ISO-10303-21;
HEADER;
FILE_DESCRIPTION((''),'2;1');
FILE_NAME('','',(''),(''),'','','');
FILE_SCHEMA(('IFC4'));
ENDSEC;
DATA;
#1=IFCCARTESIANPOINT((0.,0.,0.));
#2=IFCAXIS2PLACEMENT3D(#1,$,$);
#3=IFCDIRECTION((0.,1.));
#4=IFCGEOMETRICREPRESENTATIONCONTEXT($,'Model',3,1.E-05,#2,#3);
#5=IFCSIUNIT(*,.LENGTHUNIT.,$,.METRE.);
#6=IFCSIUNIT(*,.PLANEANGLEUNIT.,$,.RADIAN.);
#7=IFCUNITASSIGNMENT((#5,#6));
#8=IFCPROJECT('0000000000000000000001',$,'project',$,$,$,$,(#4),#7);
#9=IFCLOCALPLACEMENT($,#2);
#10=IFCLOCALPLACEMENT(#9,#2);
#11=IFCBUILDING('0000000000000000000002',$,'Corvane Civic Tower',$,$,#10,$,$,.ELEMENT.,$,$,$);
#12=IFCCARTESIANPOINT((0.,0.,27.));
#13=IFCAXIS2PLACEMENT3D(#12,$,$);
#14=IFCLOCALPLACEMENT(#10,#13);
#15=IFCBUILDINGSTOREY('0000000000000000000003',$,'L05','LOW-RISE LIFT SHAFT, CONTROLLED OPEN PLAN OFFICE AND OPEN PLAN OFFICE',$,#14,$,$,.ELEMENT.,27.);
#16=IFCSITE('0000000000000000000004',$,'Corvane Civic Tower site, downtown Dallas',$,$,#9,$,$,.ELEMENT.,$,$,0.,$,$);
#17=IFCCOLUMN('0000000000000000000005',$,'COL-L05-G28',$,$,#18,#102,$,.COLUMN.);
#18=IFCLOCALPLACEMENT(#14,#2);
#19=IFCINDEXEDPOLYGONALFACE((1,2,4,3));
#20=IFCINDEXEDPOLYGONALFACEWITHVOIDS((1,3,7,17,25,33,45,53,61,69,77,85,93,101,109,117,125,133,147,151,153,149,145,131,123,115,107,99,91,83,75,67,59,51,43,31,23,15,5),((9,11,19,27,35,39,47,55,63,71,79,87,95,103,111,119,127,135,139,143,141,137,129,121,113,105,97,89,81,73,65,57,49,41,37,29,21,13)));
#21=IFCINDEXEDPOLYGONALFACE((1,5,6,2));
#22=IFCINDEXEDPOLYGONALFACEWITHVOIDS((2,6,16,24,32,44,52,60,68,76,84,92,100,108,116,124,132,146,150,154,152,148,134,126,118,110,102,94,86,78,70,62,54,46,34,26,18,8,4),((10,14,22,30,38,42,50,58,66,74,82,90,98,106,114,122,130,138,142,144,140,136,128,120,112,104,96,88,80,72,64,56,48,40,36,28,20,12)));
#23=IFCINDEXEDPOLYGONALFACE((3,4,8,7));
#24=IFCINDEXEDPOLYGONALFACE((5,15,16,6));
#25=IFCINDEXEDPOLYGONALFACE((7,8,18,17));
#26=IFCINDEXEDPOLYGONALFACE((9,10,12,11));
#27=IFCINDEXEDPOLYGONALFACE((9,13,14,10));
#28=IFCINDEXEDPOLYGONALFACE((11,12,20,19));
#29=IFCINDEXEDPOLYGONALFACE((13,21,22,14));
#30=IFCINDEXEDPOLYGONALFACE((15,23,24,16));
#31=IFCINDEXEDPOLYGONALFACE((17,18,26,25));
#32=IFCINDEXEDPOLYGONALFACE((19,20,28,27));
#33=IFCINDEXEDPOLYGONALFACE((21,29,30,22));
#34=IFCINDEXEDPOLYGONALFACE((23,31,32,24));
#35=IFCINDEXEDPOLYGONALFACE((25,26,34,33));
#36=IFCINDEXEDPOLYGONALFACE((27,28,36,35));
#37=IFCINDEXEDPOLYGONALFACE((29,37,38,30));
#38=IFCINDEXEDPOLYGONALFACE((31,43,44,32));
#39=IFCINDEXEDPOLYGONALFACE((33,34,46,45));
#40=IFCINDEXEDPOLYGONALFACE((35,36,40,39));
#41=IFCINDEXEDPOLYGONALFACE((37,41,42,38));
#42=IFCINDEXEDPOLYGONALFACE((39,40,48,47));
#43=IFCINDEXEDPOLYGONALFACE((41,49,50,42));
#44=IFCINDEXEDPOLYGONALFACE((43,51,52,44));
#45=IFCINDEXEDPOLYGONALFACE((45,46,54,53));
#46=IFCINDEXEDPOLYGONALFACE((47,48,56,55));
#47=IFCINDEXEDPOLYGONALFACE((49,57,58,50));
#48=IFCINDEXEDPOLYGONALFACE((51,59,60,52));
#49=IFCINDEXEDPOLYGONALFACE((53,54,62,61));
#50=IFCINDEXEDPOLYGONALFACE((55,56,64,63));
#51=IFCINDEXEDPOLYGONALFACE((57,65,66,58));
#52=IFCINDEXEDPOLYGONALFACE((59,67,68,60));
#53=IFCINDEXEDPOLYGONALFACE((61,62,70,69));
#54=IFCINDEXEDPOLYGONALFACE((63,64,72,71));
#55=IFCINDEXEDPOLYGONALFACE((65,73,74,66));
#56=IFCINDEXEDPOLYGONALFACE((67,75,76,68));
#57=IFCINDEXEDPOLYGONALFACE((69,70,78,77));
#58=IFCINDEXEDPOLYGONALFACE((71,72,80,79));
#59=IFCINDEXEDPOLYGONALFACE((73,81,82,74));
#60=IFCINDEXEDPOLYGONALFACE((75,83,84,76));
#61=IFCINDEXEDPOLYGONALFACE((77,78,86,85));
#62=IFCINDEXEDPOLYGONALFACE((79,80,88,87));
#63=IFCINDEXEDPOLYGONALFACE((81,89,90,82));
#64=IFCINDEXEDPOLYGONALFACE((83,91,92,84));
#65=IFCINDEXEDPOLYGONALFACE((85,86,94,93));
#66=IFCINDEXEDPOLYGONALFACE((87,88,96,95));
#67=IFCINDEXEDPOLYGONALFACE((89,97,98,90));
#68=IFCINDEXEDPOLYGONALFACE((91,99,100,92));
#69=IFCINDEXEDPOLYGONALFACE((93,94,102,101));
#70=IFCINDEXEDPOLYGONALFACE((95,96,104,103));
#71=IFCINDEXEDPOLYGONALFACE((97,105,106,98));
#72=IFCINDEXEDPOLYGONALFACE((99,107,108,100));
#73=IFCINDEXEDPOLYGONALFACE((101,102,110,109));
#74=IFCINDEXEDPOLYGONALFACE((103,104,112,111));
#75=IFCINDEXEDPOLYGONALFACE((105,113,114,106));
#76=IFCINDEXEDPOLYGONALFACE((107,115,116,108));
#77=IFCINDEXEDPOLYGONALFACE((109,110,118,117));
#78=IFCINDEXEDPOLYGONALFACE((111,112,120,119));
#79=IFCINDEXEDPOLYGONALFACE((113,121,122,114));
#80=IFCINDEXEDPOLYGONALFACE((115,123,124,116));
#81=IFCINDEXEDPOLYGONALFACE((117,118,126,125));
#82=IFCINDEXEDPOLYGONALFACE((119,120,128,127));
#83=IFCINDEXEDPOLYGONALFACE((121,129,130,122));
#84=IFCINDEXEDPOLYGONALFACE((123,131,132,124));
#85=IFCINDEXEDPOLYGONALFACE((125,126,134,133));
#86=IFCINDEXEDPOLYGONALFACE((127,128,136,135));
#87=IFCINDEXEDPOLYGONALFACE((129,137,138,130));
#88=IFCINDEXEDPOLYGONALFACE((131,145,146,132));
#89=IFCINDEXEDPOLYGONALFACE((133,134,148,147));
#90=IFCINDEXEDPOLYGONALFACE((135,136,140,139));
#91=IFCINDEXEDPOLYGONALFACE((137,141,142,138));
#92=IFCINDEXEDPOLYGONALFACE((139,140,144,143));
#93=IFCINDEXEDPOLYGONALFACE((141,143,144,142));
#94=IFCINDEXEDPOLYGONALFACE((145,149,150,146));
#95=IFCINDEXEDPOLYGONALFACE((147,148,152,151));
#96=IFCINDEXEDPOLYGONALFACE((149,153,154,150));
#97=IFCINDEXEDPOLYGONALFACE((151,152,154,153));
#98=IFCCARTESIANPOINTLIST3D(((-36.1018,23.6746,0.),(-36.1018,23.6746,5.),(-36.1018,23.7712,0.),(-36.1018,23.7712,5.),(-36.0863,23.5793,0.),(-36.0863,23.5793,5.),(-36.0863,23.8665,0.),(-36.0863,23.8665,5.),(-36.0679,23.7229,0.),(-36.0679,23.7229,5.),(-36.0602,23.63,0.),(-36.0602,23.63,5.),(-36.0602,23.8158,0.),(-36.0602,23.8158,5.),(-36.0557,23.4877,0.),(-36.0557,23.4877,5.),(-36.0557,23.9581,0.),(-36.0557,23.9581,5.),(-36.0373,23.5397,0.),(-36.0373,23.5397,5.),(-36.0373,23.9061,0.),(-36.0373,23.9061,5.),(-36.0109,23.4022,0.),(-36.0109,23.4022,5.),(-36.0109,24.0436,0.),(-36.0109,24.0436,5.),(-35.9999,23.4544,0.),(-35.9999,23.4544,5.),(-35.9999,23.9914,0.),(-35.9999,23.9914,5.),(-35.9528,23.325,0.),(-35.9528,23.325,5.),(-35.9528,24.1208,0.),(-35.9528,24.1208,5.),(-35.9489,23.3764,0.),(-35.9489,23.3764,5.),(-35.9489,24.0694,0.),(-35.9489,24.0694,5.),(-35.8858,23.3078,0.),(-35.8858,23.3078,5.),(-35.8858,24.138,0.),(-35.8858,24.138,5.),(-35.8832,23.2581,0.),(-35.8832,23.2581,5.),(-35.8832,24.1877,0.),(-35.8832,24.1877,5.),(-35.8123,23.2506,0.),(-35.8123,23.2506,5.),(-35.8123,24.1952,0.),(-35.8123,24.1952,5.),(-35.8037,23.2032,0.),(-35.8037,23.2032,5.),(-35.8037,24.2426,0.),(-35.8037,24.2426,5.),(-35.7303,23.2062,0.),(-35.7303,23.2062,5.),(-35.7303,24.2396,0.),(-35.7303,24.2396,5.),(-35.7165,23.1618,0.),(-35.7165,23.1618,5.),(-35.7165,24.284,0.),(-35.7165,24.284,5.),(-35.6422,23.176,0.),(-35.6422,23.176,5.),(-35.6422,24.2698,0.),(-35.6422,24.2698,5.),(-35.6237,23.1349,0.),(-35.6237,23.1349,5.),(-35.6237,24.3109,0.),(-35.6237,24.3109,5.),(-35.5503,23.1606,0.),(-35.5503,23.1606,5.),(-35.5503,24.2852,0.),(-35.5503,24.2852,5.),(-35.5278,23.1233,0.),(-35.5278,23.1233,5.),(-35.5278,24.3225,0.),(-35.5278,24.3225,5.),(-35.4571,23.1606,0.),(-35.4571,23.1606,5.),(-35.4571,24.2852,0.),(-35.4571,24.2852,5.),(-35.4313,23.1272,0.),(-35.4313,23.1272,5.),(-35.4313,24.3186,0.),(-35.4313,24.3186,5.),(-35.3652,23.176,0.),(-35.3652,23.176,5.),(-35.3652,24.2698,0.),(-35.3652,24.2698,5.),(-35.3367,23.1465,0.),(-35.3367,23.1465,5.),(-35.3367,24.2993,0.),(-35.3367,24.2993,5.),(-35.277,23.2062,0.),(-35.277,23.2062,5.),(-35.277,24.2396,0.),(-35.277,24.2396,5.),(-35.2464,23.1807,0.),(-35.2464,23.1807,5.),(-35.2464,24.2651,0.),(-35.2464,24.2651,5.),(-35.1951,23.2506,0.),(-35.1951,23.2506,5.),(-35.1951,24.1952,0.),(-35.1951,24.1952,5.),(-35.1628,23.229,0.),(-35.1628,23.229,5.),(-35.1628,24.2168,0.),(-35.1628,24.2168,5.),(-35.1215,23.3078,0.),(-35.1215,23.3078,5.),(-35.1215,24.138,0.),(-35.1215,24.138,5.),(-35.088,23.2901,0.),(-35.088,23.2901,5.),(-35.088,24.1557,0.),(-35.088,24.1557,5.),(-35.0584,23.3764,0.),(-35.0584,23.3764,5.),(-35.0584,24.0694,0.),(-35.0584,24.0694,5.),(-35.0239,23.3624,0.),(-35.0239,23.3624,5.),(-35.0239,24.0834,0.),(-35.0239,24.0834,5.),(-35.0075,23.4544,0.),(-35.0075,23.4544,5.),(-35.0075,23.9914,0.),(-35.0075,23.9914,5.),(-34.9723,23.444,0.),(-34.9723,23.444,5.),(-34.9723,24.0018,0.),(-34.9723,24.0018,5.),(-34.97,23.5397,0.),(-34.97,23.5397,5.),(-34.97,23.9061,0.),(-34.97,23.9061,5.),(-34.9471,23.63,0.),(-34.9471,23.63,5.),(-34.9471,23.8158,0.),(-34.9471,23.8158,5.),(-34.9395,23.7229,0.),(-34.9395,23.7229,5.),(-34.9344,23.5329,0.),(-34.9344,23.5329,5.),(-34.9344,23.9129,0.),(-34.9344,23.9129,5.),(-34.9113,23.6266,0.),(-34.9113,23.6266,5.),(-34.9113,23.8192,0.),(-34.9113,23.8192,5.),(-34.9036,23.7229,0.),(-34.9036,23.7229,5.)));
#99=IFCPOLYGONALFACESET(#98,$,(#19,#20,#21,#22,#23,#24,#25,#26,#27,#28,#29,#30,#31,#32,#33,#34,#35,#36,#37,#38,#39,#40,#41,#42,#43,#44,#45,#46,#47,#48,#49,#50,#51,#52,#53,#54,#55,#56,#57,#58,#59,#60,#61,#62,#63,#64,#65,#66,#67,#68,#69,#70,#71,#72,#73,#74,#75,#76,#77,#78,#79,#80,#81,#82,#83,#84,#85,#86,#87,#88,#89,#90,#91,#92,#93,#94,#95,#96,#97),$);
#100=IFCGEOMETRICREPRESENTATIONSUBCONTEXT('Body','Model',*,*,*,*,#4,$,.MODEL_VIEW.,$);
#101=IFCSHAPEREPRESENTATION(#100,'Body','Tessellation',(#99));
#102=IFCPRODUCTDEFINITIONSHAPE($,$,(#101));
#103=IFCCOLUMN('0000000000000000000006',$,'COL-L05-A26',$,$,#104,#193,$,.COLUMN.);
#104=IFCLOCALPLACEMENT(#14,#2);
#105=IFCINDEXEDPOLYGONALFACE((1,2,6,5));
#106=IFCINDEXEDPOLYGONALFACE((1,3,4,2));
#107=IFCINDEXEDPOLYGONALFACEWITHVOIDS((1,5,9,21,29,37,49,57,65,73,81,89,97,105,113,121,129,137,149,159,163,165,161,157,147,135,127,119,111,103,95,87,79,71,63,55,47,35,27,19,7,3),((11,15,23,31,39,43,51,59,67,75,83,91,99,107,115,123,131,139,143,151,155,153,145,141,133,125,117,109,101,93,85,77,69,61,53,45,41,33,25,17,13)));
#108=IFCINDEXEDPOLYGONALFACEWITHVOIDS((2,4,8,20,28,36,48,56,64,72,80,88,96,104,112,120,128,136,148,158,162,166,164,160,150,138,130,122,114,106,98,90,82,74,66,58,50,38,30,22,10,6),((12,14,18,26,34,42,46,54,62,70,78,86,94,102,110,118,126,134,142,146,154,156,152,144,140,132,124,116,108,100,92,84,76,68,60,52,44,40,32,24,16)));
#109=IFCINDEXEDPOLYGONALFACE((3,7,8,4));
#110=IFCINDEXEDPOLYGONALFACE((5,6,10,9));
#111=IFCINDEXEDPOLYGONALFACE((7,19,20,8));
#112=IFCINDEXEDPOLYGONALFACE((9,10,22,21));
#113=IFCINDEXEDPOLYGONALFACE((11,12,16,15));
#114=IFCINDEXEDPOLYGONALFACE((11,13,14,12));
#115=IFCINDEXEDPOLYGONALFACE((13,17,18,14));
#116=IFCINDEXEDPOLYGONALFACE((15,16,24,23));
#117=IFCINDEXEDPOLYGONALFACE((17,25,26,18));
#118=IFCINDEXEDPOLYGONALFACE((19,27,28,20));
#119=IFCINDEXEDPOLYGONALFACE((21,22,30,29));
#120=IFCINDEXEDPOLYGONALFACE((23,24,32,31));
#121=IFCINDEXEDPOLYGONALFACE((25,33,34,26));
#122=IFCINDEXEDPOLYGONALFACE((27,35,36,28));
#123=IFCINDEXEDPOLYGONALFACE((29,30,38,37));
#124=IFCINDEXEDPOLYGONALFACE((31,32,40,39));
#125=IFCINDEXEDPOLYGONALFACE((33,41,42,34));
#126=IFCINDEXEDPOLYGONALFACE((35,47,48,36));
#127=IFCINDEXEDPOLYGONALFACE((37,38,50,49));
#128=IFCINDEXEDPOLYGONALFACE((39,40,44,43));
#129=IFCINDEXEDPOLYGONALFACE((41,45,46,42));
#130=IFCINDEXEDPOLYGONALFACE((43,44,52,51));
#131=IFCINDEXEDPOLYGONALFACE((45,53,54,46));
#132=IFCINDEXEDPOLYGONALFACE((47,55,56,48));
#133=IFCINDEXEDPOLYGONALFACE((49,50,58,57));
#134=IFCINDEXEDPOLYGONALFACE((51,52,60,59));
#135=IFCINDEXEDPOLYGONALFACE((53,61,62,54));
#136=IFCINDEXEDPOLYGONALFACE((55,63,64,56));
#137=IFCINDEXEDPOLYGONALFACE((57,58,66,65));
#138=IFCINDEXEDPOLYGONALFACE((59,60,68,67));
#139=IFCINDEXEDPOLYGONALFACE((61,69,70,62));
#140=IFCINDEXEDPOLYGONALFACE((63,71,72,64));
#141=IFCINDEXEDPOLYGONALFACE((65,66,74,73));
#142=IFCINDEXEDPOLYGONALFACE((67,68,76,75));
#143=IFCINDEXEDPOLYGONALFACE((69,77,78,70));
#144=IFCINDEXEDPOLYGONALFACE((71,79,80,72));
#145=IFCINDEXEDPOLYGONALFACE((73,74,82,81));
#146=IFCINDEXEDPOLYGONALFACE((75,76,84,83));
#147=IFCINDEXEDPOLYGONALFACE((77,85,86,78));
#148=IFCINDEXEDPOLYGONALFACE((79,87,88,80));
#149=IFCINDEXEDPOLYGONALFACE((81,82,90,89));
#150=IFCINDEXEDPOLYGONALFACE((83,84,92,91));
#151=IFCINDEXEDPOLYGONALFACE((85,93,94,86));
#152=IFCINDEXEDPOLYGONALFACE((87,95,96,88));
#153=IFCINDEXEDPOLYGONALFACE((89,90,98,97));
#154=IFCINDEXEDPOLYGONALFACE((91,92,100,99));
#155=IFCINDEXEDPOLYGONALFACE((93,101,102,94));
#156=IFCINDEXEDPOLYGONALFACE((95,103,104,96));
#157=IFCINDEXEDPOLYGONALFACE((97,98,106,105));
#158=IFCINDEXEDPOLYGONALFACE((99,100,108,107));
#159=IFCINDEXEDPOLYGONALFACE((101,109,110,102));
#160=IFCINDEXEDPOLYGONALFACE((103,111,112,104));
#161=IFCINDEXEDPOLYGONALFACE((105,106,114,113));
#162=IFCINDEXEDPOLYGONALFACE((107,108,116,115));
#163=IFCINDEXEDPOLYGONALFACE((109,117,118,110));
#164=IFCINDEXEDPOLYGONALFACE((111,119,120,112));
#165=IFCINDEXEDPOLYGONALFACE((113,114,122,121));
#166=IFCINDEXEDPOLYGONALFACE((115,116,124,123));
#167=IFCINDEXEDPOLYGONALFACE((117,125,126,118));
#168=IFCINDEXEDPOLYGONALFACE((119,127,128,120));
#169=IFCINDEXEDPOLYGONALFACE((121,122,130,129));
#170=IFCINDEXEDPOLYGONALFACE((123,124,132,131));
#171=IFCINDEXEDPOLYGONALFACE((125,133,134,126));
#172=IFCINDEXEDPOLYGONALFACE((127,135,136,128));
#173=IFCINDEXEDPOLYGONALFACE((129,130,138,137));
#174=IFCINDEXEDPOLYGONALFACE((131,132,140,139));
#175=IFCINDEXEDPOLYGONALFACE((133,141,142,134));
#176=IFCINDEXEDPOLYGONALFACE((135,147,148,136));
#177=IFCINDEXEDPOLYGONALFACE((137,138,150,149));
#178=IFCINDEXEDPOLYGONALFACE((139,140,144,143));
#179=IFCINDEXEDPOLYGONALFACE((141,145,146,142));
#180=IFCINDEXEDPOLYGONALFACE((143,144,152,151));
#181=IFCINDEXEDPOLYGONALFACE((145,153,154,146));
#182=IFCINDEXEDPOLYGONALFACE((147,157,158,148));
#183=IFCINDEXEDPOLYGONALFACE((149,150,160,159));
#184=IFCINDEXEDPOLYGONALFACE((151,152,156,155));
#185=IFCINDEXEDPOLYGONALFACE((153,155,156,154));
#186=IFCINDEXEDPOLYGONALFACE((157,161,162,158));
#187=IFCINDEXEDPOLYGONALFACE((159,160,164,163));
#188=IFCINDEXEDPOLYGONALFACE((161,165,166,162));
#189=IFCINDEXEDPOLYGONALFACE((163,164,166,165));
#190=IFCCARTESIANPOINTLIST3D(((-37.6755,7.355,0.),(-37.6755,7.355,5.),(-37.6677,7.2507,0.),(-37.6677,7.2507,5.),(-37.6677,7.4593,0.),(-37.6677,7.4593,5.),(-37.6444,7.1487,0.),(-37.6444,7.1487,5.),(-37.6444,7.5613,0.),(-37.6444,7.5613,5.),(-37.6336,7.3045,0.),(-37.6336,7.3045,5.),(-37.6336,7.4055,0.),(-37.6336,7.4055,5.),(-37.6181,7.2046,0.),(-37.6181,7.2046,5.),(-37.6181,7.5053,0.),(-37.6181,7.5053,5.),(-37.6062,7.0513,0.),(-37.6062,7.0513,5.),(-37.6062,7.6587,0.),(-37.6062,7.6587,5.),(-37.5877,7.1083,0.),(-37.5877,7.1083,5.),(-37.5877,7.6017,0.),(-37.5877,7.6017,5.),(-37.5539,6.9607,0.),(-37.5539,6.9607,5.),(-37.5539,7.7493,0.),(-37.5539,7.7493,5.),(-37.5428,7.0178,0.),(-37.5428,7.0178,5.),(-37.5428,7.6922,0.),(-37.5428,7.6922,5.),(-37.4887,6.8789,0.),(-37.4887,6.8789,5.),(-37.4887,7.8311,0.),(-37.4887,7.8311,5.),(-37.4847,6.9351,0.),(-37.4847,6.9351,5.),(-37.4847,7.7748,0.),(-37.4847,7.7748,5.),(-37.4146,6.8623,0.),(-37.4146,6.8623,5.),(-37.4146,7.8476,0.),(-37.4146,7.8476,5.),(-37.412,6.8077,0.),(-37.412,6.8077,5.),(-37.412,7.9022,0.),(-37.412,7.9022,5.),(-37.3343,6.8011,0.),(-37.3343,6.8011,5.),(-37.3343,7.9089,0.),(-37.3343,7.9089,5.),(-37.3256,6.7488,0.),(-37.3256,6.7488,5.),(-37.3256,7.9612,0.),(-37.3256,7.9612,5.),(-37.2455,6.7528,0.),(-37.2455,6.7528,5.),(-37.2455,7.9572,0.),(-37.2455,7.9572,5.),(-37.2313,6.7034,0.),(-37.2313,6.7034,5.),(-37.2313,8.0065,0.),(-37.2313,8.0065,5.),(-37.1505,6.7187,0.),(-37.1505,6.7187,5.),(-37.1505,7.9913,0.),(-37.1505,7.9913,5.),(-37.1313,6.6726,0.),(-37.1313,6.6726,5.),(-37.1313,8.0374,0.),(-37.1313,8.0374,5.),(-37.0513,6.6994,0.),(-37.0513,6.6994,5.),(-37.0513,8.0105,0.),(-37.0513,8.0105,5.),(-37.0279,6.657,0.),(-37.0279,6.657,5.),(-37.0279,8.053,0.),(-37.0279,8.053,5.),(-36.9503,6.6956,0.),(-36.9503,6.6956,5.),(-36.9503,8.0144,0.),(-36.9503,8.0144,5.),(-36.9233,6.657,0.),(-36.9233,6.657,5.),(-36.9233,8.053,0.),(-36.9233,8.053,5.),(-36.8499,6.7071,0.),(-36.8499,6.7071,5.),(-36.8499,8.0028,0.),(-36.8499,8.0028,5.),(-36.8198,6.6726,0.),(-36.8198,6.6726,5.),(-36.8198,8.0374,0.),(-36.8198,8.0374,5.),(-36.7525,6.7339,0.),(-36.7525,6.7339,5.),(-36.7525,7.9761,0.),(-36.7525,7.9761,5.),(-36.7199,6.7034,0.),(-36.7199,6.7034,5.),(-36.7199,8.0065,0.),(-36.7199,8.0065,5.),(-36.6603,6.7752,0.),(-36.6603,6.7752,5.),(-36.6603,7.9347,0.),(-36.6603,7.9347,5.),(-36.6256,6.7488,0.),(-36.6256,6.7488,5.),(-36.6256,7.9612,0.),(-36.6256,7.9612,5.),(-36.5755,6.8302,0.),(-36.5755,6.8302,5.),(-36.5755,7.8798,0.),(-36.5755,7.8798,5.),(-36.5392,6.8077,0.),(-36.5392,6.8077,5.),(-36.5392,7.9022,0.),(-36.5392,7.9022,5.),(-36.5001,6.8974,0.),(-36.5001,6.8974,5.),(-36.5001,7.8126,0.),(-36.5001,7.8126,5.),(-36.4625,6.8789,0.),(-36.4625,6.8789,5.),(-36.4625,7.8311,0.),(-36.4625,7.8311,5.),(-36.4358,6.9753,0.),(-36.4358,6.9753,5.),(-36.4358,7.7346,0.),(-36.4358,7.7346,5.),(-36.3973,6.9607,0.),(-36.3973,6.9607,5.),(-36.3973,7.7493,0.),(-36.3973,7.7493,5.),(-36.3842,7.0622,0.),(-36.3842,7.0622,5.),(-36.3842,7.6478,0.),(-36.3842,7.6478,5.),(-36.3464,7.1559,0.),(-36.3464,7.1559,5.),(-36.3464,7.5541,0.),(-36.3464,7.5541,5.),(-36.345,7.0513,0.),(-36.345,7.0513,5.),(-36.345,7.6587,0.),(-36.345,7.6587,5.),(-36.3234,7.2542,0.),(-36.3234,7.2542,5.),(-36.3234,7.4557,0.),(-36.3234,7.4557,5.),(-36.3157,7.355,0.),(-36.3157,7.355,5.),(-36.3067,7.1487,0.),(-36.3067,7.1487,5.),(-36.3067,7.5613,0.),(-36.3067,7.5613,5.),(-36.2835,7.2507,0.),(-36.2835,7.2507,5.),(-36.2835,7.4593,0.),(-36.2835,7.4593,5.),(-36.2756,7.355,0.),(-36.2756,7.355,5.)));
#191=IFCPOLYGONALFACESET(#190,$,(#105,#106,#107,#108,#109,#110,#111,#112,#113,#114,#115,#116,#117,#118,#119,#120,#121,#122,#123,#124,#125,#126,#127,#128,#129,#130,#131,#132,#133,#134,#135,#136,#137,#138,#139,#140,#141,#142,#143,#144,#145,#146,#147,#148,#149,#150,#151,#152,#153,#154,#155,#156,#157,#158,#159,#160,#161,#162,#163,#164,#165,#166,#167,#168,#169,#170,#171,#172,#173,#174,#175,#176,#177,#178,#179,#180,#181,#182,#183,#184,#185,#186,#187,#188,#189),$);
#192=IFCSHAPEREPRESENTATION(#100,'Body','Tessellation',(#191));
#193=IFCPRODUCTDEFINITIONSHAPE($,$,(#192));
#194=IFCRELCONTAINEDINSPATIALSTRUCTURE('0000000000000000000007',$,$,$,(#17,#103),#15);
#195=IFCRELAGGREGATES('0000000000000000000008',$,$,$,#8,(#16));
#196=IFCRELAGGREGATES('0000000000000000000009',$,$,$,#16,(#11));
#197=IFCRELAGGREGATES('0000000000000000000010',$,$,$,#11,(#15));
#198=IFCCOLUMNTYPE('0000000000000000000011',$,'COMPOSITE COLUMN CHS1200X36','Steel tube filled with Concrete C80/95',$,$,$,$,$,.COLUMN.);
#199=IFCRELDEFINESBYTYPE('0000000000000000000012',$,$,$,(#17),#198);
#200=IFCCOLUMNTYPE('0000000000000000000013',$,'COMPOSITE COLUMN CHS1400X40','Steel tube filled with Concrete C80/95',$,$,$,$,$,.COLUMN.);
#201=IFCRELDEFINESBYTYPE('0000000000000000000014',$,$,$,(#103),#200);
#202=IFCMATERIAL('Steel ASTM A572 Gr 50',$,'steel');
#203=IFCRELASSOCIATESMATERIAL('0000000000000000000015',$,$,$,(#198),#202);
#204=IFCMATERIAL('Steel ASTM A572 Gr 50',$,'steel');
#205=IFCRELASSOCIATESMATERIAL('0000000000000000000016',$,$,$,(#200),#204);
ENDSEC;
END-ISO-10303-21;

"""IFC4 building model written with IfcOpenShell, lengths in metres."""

from ifc_helpers import new_model, si_unit, direction, frame, origin, origin_2d, place, context, subcontext, project, spatial, hollow_circle, extrude, material, material_profile, profile_set, type_object, element, save


model = new_model("IFC4")

# Units and contexts
model_context = context("Model", 3, precision=1e-05, world=origin(), true_north=direction((0.0, 1.0)))
body_context = subcontext(model_context, "Body", "Model", "MODEL_VIEW")
ifc_project = project(units=[si_unit("LENGTHUNIT", "METRE"), si_unit("PLANEANGLEUNIT", "RADIAN")], contexts=[model_context])

# Site, building, storey
site_placement = place(None, origin())
site = spatial("IfcSite", under=ifc_project, at=site_placement, Name="Corvane Civic Tower site, downtown Dallas", CompositionType="ELEMENT", RefElevation=0.0)
building_placement = place(site_placement, origin())
building = spatial("IfcBuilding", under=site, at=building_placement, Name="Corvane Civic Tower", CompositionType="ELEMENT")
storey_placement = place(building_placement, frame((0.0, 0.0, 27.0)))
storey = spatial("IfcBuildingStorey", under=building, at=storey_placement, Name="L05", Description="LOW-RISE LIFT SHAFT, CONTROLLED OPEN PLAN OFFICE AND OPEN PLAN OFFICE", CompositionType="ELEMENT", Elevation=27.0)

# Columns
ifc_material_1 = material(Name="Steel ASTM A572 Gr 50", Category="steel")
ifc_material_profile_1 = material_profile(ifc_material_1, hollow_circle(Radius=0.6001, WallThickness=0.0359, at=origin_2d()), Name="CHS1200X36")
ifc_profile_set_1 = profile_set([ifc_material_profile_1], Name="Steel ASTM A572 Gr 50")
column_type_1 = type_object("IfcColumnType", Name="COMPOSITE COLUMN CHS1200X36", Description="Steel tube filled with Concrete C80/95", PredefinedType="COLUMN", material=ifc_profile_set_1)
for number, where, z_axis, x_axis, name in (
    (1, (-35.5037, 23.7229, 0.0), (0.0, 0.0, 1.0), (1.0, 0.0, 0.0), "COL-L05-G28"),
):
    element("IfcColumn", number, at=place(storey_placement, frame(where, z_axis=z_axis, x_axis=x_axis)), inside=storey, type_object=column_type_1, Name=name, PredefinedType="COLUMN", context=body_context, shape_type="SweptSolid", body=[
        extrude(hollow_circle(Radius=0.6001, WallThickness=0.0359, at=origin_2d()), origin(), (0.0, 0.0, 1.0), 5.0),
    ])
ifc_material_2 = material(Name="Steel ASTM A572 Gr 50", Category="steel")
ifc_material_profile_2 = material_profile(ifc_material_2, hollow_circle(Radius=0.7, WallThickness=0.04, at=origin_2d()), Name="CHS1400X40")
ifc_profile_set_2 = profile_set([ifc_material_profile_2], Name="Steel ASTM A572 Gr 50")
column_type_2 = type_object("IfcColumnType", Name="COMPOSITE COLUMN CHS1400X40", Description="Steel tube filled with Concrete C80/95", PredefinedType="COLUMN", material=ifc_profile_set_2)
for number, where, z_axis, x_axis, name in (
    (2, (-36.9756, 7.355, 0.0), (0.0, 0.0, 1.0), (1.0, 0.0, 0.0), "COL-L05-A26"),
):
    element("IfcColumn", number, at=place(storey_placement, frame(where, z_axis=z_axis, x_axis=x_axis)), inside=storey, type_object=column_type_2, Name=name, PredefinedType="COLUMN", context=body_context, shape_type="SweptSolid", body=[
        extrude(hollow_circle(Radius=0.7, WallThickness=0.04, at=origin_2d()), origin(), (0.0, 0.0, 1.0), 5.0),
    ])

save(model, "model.ifc")
